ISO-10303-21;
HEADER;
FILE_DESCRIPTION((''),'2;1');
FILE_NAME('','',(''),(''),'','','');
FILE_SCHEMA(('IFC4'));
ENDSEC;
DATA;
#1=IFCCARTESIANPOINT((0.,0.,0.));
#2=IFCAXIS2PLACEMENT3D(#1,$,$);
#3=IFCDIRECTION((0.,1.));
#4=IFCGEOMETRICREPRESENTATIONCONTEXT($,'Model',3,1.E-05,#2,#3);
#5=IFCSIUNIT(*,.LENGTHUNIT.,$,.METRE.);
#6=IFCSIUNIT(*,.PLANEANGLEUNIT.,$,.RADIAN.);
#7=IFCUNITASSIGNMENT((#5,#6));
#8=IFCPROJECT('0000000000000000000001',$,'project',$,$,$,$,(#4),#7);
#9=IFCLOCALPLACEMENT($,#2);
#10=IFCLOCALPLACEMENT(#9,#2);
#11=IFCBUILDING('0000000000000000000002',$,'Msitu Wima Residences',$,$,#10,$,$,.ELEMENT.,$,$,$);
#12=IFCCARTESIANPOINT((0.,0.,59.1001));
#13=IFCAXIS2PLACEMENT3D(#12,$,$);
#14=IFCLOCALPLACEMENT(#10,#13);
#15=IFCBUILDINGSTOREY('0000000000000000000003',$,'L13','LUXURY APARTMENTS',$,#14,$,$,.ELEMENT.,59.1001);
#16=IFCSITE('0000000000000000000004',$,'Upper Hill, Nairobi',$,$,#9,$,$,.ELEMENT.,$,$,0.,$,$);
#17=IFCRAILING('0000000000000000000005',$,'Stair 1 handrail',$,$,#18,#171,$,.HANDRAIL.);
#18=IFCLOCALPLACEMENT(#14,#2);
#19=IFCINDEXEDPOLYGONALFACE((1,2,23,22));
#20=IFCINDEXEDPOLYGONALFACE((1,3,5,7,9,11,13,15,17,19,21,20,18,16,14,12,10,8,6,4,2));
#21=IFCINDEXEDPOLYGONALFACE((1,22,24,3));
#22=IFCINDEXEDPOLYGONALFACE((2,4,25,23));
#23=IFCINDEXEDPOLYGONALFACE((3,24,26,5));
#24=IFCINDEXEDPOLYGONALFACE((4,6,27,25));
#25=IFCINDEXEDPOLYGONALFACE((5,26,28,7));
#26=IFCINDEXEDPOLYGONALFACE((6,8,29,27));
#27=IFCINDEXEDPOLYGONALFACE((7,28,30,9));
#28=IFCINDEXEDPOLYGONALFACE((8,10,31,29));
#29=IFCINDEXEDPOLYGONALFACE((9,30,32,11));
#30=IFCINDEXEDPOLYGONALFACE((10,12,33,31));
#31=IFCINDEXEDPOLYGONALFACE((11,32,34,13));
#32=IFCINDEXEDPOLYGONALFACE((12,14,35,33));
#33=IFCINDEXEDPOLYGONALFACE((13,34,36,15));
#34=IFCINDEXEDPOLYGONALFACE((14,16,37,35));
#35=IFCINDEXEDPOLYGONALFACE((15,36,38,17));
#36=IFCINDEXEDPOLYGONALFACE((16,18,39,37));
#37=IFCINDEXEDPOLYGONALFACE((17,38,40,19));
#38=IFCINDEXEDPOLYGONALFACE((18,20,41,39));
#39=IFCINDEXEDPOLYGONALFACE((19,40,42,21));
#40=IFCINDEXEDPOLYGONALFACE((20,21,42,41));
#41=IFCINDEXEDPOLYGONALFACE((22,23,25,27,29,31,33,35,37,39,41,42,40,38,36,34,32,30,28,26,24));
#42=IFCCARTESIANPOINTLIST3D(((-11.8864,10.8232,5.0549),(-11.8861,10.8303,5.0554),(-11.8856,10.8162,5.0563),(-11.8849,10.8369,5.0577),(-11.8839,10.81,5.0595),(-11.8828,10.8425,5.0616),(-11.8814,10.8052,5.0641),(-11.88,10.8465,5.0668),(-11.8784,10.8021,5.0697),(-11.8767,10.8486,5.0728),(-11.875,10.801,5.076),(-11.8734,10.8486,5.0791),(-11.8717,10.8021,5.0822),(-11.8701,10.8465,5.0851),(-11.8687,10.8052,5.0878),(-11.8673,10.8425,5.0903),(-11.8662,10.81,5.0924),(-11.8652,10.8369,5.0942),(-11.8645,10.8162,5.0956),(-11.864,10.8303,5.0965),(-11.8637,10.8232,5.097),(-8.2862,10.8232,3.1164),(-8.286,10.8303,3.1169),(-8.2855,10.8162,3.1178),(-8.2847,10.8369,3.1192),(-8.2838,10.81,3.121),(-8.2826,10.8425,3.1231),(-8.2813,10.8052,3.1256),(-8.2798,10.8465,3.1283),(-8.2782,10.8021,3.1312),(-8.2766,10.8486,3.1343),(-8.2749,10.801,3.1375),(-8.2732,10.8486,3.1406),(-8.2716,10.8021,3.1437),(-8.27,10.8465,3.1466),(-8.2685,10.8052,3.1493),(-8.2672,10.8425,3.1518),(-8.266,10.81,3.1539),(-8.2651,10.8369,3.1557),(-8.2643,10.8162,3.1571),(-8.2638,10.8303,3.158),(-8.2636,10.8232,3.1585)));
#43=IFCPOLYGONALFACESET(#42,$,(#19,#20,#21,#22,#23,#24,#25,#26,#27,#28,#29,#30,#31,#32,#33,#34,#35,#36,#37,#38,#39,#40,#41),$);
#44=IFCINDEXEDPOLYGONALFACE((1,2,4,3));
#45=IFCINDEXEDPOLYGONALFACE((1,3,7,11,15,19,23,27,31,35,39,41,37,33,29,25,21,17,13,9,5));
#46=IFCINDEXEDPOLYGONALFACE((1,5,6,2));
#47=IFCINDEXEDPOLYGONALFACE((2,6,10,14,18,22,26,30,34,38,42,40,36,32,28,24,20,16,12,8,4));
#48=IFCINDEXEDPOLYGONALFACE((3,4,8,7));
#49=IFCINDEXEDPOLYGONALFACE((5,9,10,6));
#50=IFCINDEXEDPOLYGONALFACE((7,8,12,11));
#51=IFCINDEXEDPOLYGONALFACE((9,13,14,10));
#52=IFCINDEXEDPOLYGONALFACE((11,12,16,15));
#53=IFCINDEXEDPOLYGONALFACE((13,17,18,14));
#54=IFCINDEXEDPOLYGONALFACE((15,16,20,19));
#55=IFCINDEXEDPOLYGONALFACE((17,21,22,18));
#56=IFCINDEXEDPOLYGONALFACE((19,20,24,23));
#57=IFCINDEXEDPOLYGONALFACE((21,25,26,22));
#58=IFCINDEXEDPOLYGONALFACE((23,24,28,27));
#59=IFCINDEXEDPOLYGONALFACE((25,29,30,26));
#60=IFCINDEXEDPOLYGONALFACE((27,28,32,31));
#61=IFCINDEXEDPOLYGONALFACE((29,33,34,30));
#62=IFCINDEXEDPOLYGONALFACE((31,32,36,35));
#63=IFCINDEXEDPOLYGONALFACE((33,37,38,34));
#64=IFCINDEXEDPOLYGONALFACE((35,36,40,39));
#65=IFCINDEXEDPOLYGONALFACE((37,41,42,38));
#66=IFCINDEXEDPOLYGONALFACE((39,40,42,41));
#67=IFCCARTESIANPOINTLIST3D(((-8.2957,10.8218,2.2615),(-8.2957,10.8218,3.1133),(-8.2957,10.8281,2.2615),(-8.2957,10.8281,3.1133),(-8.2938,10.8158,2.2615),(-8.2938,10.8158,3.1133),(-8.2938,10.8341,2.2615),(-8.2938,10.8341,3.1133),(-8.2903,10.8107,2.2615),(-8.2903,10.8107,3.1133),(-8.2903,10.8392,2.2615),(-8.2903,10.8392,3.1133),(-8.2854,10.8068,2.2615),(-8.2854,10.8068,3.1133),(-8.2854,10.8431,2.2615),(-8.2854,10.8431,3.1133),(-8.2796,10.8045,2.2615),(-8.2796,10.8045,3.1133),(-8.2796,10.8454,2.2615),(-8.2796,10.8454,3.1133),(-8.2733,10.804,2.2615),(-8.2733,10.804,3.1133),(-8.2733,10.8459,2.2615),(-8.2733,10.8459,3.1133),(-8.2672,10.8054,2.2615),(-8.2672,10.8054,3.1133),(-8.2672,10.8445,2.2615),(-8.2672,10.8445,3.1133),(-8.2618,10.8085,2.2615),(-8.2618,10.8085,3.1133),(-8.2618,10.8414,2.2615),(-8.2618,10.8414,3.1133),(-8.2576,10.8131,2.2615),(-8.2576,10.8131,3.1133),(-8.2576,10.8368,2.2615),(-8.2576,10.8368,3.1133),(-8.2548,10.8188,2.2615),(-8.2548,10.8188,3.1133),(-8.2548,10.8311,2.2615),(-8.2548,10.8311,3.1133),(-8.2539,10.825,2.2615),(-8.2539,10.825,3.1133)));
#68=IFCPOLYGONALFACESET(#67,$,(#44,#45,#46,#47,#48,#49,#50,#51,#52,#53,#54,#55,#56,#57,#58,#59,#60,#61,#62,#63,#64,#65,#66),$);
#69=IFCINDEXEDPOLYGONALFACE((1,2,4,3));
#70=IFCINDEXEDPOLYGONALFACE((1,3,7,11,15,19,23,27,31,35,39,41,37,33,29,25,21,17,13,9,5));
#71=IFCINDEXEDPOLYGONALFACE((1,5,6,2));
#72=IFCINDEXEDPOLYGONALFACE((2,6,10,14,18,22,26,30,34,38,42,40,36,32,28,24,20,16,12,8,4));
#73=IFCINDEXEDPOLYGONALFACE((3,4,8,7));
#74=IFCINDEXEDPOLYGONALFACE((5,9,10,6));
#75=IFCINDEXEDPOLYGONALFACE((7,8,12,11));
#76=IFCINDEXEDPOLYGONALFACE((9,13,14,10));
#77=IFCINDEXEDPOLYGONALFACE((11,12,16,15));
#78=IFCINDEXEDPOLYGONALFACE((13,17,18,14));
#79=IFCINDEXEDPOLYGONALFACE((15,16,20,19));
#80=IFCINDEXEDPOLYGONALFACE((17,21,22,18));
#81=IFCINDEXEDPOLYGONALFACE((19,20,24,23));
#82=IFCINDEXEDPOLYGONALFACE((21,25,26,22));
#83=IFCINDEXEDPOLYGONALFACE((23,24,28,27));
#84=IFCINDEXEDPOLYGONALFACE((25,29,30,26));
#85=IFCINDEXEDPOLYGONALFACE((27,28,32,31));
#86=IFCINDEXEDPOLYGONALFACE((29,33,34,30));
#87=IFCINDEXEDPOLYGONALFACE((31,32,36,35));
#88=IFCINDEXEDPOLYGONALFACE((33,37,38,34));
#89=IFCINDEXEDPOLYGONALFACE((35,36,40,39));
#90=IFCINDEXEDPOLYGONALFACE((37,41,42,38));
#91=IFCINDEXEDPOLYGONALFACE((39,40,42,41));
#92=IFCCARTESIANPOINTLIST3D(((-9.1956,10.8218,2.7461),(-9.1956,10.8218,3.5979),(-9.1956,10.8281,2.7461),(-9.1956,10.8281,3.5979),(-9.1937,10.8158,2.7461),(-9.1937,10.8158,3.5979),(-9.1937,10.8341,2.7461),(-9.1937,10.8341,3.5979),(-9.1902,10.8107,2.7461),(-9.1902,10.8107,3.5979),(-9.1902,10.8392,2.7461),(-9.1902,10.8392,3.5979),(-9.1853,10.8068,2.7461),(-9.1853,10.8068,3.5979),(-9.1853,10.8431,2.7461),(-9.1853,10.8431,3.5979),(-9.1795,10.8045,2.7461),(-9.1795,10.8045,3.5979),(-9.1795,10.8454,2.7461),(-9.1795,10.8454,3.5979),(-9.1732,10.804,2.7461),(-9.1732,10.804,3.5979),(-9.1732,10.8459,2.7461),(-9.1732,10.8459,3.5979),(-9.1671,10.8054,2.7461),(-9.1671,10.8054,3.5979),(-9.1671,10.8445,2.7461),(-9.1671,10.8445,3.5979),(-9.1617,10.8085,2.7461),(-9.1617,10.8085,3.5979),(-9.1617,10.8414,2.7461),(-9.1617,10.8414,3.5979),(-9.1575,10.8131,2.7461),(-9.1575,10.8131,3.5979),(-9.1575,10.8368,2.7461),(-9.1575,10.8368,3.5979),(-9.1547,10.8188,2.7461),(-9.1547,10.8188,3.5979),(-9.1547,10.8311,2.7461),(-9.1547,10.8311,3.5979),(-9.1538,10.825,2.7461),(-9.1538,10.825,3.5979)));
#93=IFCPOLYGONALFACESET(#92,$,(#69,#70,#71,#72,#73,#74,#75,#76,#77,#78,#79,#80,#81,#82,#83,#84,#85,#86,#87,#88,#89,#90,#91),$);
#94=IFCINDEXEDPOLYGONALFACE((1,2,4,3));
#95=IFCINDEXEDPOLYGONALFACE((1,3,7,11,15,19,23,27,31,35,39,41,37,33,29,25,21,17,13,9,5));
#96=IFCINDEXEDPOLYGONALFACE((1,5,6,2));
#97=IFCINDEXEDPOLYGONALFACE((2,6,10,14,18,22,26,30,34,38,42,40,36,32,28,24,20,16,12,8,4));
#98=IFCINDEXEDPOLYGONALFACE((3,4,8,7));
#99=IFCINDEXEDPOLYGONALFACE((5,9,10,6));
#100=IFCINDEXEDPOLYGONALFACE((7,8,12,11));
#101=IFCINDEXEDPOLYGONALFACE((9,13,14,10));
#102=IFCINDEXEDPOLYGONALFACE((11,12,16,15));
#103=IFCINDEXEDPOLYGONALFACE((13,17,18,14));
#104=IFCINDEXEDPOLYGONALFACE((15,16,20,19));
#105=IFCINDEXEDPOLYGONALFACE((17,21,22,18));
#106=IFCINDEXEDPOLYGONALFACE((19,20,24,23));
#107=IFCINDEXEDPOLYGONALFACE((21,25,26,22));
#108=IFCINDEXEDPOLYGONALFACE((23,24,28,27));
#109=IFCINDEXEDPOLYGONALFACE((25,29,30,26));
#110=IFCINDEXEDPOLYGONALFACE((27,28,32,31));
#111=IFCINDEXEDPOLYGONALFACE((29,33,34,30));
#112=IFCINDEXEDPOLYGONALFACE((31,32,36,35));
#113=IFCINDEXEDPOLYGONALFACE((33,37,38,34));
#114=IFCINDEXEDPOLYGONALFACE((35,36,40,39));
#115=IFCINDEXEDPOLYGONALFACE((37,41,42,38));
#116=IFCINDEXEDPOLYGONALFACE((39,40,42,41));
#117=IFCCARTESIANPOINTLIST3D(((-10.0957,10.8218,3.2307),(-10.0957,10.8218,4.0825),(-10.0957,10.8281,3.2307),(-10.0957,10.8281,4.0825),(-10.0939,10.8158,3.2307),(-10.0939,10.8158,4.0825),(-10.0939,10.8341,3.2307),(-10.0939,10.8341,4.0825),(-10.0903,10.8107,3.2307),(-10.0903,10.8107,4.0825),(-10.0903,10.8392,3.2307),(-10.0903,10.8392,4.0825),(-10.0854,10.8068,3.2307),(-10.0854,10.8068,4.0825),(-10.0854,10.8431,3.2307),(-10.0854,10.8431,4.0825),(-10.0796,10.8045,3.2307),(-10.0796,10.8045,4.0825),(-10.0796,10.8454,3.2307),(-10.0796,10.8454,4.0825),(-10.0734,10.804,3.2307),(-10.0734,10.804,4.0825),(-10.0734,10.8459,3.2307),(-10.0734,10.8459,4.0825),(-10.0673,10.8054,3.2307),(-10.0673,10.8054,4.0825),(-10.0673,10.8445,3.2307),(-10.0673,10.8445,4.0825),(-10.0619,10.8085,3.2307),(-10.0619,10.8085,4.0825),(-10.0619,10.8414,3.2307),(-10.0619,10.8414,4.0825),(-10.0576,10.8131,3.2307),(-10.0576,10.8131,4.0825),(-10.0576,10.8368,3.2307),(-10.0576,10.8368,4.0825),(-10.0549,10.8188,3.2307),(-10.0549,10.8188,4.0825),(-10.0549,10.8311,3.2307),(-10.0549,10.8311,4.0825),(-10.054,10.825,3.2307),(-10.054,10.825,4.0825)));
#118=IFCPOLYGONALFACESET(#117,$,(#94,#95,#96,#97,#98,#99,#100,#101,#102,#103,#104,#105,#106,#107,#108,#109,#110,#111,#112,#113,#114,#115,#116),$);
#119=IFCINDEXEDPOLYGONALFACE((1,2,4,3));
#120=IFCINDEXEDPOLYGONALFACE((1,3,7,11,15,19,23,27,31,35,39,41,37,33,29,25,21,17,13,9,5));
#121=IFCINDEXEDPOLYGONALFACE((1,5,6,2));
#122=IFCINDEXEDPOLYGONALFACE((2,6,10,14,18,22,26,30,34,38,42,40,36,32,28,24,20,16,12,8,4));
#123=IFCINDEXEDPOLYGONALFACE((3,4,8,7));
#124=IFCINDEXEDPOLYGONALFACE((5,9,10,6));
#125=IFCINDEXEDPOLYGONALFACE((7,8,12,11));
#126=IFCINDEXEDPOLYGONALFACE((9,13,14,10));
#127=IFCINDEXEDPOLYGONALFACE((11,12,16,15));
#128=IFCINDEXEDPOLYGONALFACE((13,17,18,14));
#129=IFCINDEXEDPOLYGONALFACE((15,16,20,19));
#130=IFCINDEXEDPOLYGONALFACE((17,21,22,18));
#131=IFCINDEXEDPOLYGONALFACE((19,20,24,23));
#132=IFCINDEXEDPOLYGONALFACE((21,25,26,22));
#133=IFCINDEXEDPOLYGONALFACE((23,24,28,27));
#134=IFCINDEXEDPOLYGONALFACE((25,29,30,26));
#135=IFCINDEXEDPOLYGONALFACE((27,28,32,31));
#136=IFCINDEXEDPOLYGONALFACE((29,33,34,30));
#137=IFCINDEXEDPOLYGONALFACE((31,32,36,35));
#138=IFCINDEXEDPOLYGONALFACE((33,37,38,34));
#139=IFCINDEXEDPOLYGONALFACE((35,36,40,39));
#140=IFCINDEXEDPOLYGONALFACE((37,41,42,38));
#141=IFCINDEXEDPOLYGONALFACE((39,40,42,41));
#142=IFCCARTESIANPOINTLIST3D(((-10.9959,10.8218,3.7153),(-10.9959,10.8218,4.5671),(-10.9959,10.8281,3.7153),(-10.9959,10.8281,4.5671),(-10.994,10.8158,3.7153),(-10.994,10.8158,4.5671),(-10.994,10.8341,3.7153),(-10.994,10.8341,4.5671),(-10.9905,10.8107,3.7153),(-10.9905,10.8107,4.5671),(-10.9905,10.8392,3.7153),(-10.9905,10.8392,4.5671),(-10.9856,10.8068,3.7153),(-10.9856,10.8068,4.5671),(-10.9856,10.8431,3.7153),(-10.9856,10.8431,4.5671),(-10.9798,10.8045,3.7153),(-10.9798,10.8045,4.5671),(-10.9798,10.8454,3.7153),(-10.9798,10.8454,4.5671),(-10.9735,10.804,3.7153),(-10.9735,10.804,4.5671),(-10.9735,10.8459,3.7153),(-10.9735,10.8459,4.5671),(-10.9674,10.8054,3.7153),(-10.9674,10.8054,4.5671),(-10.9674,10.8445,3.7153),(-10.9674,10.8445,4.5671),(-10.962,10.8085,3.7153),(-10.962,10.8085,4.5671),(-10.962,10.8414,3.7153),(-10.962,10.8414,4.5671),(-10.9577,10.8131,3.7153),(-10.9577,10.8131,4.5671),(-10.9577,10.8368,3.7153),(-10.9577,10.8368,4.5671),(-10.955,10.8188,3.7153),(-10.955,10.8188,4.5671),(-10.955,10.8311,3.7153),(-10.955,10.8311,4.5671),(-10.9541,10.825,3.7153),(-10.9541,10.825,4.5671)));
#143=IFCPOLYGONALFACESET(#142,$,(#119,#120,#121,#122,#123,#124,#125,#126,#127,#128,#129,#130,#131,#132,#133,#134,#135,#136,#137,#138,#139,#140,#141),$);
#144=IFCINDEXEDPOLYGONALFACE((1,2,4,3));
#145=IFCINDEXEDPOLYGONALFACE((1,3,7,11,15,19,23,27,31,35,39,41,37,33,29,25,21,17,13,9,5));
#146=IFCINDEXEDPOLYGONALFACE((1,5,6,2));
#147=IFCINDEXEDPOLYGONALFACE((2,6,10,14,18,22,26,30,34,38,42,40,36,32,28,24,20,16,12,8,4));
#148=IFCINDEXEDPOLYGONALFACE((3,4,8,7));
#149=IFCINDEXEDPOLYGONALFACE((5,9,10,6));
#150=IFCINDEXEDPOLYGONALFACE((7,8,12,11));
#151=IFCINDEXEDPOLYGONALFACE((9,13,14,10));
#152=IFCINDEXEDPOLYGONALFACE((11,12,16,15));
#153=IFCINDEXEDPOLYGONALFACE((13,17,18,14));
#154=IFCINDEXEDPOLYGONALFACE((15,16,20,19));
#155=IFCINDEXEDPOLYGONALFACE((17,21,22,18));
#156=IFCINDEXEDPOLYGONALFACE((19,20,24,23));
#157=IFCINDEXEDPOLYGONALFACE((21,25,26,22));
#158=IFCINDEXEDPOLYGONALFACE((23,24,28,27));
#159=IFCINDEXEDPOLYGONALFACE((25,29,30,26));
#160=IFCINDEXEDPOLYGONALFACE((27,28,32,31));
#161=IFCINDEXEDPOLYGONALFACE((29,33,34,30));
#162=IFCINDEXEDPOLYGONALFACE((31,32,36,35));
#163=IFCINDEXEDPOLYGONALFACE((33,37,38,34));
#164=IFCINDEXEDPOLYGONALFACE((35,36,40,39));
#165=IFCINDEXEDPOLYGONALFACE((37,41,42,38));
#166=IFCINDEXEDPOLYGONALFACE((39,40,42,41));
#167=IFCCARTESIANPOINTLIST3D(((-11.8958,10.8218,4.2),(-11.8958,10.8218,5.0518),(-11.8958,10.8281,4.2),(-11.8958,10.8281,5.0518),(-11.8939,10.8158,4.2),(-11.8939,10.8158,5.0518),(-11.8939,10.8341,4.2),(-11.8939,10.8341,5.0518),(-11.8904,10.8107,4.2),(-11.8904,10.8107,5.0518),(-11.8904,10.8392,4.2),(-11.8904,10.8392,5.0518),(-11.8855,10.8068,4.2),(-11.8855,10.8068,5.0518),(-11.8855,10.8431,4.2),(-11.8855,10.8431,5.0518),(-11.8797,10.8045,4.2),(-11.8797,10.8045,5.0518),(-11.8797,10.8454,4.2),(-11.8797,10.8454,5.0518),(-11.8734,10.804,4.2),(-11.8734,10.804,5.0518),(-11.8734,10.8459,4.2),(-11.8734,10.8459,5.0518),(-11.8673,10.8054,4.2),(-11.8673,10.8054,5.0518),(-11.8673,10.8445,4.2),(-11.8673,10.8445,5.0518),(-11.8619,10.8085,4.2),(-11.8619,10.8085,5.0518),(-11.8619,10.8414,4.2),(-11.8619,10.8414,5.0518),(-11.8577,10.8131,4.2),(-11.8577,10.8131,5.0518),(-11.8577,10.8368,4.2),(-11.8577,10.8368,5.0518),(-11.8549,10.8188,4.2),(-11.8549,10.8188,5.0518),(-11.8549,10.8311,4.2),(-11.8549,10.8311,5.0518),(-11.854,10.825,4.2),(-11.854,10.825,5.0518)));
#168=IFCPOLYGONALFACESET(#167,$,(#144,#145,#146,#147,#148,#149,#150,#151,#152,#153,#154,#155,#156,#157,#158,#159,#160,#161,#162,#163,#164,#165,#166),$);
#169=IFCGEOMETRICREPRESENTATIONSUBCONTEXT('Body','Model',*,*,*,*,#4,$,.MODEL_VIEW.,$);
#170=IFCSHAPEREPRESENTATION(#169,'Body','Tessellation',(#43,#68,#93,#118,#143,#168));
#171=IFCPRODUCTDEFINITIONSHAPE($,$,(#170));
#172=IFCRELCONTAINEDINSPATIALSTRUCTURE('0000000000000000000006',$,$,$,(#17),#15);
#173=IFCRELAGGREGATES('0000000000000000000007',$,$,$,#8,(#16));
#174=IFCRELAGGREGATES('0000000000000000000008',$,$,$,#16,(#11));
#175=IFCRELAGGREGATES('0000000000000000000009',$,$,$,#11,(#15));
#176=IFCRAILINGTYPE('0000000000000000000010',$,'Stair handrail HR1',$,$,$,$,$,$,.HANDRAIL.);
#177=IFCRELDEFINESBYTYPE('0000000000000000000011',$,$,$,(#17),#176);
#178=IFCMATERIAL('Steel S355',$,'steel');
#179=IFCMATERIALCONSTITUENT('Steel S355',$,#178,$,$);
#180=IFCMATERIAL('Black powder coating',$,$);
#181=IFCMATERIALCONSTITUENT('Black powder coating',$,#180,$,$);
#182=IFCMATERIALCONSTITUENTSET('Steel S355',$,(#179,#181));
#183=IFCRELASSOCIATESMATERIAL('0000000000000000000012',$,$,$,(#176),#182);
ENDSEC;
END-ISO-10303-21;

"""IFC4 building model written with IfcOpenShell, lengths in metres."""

from ifc_helpers import new_model, si_unit, direction, frame, origin, origin_2d, place, context, subcontext, project, spatial, circle, extrude, material, constituent, constituent_set, type_object, element, save


model = new_model("IFC4")

# Units and contexts
model_context = context("Model", 3, precision=1e-05, world=origin(), true_north=direction((0.0, 1.0)))
body_context = subcontext(model_context, "Body", "Model", "MODEL_VIEW")
ifc_project = project(units=[si_unit("LENGTHUNIT", "METRE"), si_unit("PLANEANGLEUNIT", "RADIAN")], contexts=[model_context])

# Site, building, storey
site_placement = place(None, origin())
site = spatial("IfcSite", under=ifc_project, at=site_placement, Name="Upper Hill, Nairobi", CompositionType="ELEMENT", RefElevation=0.0)
building_placement = place(site_placement, origin())
building = spatial("IfcBuilding", under=site, at=building_placement, Name="Msitu Wima Residences", CompositionType="ELEMENT")
storey_placement = place(building_placement, frame((0.0, 0.0, 59.1001)))
storey = spatial("IfcBuildingStorey", under=building, at=storey_placement, Name="L13", Description="LUXURY APARTMENTS", CompositionType="ELEMENT", Elevation=59.1001)

# Railing
ifc_material_1 = material(Name="Steel S355", Category="steel")
ifc_constituent_1 = constituent(ifc_material_1, Name="Steel S355")
ifc_material_2 = material(Name="Black powder coating")
ifc_constituent_2 = constituent(ifc_material_2, Name="Black powder coating")
ifc_constituent_set = constituent_set(constituents=[ifc_constituent_1, ifc_constituent_2], Name="Steel S355")
railing_type = type_object("IfcRailingType", Name="Stair handrail HR1", PredefinedType="HANDRAIL", material=ifc_constituent_set)
for number, where, name in (
    (1, (-8.2749, 10.825, 2.2615), "Stair 1 handrail"),
):
    element("IfcRailing", number, at=place(storey_placement, frame(where)), inside=storey, type_object=railing_type, Name=name, PredefinedType="HANDRAIL", context=body_context, shape_type="SweptSolid", body=[
        extrude(circle(Radius=0.0239, at=origin_2d()), frame((0.0, 0.0, 0.876), z_axis=(-0.880475, 0.0, 0.474093), x_axis=(0.0, -1.0, 0.0)), (0.0, 0.0, 1.0), 4.0889),
        extrude(circle(Radius=0.021, at=origin_2d()), origin(), (0.0, 0.0, 1.0), 0.8518),
        extrude(circle(Radius=0.021, at=origin_2d()), frame((-0.8999, 0.0, 0.4846)), (0.0, 0.0, 1.0), 0.8518),
        extrude(circle(Radius=0.021, at=origin_2d()), frame((-1.8, 0.0, 0.9692)), (0.0, 0.0, 1.0), 0.8518),
        extrude(circle(Radius=0.021, at=origin_2d()), frame((-2.7002, 0.0, 1.4539)), (0.0, 0.0, 1.0), 0.8518),
        extrude(circle(Radius=0.021, at=origin_2d()), frame((-3.6001, 0.0, 1.9385)), (0.0, 0.0, 1.0), 0.8518),
    ])

save(model, "model.ifc")
